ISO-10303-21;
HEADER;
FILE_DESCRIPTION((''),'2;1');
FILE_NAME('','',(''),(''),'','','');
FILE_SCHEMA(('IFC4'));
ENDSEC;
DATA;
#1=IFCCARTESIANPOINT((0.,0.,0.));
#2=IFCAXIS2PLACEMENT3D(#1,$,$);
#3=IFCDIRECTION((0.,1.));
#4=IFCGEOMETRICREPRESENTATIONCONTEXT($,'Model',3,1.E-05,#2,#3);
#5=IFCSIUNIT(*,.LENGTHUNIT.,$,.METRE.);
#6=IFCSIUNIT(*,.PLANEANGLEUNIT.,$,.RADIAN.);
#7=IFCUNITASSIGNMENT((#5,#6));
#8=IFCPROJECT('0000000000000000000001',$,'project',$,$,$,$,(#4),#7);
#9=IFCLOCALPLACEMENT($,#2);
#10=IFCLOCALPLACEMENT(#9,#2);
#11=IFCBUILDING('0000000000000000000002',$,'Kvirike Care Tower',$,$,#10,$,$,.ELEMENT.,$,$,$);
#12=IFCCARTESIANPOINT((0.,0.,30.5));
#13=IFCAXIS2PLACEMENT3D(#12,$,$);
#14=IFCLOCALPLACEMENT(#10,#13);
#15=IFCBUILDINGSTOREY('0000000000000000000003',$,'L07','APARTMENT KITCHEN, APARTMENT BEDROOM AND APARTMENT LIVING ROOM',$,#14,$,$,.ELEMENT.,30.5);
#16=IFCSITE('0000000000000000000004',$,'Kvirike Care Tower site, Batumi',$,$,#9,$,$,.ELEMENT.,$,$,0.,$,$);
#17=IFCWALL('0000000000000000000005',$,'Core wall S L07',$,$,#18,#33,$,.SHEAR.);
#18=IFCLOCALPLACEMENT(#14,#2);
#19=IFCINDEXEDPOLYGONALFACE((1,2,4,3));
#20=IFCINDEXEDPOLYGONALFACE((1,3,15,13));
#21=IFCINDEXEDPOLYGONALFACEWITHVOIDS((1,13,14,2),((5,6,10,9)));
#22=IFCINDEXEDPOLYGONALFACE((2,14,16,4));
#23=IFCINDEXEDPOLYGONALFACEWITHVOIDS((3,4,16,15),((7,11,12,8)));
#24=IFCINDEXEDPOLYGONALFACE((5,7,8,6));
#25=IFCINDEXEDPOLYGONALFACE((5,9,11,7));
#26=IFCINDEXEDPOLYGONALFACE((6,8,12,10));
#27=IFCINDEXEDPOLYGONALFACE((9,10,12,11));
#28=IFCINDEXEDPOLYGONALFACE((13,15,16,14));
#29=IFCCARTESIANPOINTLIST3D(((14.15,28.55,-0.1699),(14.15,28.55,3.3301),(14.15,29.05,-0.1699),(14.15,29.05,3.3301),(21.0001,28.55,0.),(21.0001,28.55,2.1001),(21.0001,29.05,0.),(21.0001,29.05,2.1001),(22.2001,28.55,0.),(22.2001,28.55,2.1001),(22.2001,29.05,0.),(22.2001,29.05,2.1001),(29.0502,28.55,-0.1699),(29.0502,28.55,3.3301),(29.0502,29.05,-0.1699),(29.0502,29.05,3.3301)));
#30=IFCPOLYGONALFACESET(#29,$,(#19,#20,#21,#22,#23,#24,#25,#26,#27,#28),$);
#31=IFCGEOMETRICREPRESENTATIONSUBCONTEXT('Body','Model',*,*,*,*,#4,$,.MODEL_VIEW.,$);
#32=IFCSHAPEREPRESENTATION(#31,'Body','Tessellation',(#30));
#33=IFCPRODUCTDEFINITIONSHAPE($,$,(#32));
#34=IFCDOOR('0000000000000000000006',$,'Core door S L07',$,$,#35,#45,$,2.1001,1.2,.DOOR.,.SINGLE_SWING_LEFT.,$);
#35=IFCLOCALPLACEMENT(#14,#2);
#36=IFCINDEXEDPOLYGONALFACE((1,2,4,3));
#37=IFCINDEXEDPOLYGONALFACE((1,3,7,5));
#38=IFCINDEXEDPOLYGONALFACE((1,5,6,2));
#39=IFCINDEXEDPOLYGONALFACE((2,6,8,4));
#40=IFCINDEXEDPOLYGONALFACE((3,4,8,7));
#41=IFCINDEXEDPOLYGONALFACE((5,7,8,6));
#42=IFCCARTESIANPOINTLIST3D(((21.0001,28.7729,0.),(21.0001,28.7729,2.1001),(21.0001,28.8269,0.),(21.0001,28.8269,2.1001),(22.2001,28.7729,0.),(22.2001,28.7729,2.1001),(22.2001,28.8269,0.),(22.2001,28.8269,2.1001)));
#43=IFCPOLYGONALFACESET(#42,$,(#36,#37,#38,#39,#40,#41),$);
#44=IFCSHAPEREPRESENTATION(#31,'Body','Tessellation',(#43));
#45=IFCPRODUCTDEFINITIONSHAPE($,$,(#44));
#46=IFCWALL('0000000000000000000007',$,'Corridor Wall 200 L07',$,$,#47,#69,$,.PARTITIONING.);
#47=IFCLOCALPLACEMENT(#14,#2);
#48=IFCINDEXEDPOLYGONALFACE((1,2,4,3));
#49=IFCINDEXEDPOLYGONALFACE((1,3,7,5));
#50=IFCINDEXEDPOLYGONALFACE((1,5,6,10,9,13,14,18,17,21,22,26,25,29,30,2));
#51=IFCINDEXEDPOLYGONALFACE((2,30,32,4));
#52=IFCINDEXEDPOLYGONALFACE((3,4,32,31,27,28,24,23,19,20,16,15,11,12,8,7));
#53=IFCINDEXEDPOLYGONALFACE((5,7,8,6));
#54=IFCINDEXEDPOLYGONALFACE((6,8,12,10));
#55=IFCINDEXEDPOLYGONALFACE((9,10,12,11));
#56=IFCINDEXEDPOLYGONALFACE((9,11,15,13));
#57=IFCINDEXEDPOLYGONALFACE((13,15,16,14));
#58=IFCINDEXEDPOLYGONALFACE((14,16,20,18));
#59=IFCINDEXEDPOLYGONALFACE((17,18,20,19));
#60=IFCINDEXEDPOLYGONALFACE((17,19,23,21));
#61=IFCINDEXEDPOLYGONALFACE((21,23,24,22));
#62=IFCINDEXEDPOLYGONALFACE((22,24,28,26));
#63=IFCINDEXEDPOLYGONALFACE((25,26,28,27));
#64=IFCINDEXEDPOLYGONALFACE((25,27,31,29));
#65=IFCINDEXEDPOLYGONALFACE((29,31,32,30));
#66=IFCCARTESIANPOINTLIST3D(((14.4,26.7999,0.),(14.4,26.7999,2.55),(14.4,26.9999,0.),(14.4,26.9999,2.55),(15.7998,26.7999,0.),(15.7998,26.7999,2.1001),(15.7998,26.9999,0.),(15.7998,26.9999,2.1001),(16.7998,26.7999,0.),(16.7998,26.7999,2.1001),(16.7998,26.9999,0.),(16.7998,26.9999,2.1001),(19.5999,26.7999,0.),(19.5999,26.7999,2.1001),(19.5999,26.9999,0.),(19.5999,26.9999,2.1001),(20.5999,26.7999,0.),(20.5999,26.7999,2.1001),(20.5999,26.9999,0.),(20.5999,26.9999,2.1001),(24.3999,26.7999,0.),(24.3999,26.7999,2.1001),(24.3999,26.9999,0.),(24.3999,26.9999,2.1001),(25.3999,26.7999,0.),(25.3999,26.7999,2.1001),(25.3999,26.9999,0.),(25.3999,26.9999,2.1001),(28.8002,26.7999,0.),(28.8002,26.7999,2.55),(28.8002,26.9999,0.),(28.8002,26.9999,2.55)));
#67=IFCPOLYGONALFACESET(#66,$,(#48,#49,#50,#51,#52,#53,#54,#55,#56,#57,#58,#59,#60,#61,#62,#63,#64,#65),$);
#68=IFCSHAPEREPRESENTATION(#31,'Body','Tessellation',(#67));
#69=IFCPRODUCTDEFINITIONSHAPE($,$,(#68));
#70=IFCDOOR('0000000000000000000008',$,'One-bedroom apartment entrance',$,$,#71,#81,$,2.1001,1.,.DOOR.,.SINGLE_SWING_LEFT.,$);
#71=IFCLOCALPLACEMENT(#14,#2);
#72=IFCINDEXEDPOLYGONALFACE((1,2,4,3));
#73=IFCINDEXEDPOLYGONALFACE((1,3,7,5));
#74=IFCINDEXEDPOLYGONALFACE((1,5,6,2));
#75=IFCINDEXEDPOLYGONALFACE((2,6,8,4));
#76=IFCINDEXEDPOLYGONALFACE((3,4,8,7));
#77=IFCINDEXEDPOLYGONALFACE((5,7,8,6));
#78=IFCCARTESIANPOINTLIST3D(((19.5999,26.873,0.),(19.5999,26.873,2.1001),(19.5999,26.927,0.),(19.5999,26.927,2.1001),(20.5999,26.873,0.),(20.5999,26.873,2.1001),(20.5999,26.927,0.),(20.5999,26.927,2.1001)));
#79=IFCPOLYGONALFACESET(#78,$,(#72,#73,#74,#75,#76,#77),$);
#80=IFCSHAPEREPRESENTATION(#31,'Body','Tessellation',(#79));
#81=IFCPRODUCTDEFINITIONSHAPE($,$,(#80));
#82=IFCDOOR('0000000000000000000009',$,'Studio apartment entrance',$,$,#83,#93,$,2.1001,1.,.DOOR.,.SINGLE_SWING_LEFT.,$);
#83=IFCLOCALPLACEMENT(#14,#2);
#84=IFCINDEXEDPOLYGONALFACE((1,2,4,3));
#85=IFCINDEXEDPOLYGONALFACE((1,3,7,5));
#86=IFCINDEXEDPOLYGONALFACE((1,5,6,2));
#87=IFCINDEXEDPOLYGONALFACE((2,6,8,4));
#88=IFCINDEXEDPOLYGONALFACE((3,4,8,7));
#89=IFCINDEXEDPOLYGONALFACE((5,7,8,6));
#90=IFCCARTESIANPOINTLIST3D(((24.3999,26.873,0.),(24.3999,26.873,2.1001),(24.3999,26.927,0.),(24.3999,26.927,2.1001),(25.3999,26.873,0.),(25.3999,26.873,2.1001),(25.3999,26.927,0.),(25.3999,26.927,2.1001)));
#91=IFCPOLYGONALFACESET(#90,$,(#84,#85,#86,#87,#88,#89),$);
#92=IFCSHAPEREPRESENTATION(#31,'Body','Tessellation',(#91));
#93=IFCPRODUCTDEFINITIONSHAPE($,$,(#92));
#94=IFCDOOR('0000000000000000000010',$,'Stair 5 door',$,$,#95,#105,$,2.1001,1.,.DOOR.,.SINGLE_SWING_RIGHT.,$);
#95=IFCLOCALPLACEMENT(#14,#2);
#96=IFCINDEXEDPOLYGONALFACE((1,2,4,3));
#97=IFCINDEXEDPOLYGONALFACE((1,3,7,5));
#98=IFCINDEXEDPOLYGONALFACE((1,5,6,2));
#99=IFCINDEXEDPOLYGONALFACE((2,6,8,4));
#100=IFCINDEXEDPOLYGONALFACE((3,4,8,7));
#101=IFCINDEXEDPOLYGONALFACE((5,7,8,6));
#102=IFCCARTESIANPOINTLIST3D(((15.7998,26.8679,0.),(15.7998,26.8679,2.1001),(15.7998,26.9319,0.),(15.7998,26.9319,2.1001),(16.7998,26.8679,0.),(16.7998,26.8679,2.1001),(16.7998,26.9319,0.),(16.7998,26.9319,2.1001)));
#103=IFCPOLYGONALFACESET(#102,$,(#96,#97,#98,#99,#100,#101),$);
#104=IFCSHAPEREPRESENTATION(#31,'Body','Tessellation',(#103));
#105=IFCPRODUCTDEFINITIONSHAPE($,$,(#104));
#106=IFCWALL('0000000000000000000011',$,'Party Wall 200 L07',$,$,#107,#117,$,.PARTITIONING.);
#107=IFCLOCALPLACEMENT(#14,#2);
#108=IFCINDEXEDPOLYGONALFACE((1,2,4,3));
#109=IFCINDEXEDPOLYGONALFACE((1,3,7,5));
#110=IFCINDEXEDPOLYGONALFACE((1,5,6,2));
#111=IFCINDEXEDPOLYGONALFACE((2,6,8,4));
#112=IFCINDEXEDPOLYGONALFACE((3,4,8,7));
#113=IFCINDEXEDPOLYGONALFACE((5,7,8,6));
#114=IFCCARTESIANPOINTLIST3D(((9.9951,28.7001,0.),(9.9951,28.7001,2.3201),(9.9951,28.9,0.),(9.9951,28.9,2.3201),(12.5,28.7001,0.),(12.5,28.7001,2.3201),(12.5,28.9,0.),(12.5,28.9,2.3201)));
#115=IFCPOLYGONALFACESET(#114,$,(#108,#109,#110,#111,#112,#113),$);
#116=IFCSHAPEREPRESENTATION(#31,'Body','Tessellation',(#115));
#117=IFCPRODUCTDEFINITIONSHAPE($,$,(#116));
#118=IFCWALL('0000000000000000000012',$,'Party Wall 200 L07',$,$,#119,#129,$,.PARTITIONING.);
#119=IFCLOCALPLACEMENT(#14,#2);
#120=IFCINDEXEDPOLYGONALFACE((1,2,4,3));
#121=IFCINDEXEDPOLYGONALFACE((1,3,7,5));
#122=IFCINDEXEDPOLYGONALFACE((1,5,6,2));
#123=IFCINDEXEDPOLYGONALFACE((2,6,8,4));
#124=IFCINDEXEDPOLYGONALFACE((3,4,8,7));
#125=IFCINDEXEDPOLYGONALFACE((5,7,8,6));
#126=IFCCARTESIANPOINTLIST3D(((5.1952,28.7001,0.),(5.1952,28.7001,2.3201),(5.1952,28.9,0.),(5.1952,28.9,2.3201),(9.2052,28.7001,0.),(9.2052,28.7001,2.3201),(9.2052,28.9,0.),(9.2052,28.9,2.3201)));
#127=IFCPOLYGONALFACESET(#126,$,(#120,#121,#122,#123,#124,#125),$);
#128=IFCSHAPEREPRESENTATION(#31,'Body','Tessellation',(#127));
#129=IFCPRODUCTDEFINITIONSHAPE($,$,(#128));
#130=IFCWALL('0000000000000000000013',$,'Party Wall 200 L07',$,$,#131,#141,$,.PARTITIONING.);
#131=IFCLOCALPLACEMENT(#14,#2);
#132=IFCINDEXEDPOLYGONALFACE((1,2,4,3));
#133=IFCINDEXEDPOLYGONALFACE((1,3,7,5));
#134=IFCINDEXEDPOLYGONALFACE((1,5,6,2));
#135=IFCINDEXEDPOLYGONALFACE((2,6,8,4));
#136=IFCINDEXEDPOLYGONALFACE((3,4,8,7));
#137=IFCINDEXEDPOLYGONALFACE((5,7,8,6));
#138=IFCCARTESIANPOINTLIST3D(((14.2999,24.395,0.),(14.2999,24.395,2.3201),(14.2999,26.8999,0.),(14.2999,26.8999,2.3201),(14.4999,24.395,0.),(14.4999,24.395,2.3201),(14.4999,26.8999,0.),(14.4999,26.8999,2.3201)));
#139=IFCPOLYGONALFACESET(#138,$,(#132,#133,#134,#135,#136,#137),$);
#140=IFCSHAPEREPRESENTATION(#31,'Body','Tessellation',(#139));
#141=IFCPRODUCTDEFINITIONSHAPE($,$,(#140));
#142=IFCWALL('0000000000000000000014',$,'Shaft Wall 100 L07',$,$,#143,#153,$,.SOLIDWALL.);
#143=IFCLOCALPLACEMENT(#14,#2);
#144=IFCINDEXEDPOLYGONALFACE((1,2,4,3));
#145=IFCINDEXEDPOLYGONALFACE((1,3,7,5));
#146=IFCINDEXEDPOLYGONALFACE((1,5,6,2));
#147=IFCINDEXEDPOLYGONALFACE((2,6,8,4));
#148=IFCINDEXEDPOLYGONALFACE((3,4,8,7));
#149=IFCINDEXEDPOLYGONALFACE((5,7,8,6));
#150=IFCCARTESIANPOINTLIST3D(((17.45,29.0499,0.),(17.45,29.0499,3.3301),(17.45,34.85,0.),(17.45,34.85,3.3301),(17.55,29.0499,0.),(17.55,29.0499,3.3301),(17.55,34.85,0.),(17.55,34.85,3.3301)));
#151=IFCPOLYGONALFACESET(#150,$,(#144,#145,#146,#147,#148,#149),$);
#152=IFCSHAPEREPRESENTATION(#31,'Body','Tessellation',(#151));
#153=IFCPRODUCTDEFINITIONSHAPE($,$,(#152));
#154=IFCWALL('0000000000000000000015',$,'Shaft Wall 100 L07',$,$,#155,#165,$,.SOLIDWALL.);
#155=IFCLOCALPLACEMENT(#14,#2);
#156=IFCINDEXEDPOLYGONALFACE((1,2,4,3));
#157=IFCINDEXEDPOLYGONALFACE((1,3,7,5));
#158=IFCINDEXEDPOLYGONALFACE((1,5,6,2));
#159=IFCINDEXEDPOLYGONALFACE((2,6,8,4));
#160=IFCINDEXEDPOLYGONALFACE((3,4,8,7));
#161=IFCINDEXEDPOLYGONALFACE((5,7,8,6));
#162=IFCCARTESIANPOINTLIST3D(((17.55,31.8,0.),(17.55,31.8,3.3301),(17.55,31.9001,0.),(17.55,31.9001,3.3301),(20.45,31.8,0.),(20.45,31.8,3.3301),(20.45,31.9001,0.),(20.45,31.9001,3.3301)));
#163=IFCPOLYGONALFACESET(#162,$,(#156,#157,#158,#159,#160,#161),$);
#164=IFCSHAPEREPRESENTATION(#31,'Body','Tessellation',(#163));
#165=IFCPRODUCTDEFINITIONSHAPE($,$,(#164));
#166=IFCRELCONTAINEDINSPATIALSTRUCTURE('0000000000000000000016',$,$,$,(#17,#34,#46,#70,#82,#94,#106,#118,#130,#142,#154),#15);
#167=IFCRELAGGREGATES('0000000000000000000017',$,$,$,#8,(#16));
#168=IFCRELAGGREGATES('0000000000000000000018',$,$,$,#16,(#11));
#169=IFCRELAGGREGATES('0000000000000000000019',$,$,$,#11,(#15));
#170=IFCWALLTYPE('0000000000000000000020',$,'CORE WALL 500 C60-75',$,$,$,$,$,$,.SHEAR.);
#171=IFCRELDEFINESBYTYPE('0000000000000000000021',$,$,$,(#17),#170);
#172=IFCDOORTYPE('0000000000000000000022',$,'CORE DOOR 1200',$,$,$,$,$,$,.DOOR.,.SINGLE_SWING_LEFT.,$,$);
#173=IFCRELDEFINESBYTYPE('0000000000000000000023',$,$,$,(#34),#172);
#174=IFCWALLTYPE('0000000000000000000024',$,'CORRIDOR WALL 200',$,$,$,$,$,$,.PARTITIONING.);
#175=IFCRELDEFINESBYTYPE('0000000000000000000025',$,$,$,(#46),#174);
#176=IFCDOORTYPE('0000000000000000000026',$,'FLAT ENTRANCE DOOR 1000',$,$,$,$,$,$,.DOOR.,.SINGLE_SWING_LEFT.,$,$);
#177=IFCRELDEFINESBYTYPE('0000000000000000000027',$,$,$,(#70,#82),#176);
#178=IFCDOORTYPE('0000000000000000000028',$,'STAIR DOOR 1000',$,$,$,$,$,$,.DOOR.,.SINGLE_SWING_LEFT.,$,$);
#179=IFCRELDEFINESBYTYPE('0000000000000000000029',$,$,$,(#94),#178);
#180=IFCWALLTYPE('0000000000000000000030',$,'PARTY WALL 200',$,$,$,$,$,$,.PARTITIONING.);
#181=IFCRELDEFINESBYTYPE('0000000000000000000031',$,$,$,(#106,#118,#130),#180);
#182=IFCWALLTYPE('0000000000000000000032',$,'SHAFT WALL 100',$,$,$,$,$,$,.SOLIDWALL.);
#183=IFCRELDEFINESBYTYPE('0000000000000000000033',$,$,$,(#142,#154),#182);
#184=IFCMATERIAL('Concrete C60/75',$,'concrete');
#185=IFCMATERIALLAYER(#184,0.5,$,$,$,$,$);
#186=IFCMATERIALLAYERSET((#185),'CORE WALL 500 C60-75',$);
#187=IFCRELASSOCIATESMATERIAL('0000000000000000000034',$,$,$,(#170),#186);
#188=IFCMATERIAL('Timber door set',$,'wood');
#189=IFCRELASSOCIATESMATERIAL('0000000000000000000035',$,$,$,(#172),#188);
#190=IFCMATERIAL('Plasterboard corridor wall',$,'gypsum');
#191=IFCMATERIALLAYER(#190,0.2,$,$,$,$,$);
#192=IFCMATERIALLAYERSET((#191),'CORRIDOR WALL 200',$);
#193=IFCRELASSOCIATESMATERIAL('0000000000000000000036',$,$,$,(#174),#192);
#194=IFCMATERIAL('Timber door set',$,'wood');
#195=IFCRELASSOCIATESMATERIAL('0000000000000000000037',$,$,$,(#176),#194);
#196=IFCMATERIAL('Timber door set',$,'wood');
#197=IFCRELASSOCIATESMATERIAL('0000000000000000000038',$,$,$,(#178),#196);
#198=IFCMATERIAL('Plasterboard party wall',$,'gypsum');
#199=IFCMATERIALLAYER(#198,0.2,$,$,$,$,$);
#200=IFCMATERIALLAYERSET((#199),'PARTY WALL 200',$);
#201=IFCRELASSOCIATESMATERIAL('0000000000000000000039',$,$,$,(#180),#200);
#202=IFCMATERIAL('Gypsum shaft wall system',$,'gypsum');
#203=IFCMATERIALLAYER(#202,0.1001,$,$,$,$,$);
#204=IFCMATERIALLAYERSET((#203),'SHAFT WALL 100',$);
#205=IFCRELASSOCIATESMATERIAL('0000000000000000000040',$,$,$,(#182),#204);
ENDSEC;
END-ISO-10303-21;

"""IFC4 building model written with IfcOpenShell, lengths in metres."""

from ifc_helpers import new_model, si_unit, direction, frame, frame_2d, origin, place, context, subcontext, project, spatial, rectangle, extrude, material, layer, layer_set, type_object, element, fill, save


model = new_model("IFC4")

# Units and contexts
model_context = context("Model", 3, precision=1e-05, world=origin(), true_north=direction((0.0, 1.0)))
body_context = subcontext(model_context, "Body", "Model", "MODEL_VIEW")
ifc_project = project(units=[si_unit("LENGTHUNIT", "METRE"), si_unit("PLANEANGLEUNIT", "RADIAN")], contexts=[model_context])

# Site, building, storey
site_placement = place(None, origin())
site = spatial("IfcSite", under=ifc_project, at=site_placement, Name="Kvirike Care Tower site, Batumi", CompositionType="ELEMENT", RefElevation=0.0)
building_placement = place(site_placement, origin())
building = spatial("IfcBuilding", under=site, at=building_placement, Name="Kvirike Care Tower", CompositionType="ELEMENT")
storey_placement = place(building_placement, frame((0.0, 0.0, 30.5)))
storey = spatial("IfcBuildingStorey", under=building, at=storey_placement, Name="L07", Description="APARTMENT KITCHEN, APARTMENT BEDROOM AND APARTMENT LIVING ROOM", CompositionType="ELEMENT", Elevation=30.5)

# Wall, opening, door
ifc_material_1 = material(Name="Concrete C60/75", Category="concrete")
ifc_layer_1 = layer(ifc_material_1, 0.5)
ifc_layer_set_1 = layer_set([ifc_layer_1], Name="CORE WALL 500 C60-75")
wall_type_1 = type_object("IfcWallType", Name="CORE WALL 500 C60-75", PredefinedType="SHEAR", material=ifc_layer_set_1)
wall_1_placement = place(storey_placement, frame((14.1499, 28.8, -0.1699), z_axis=(0.0, 0.0, 1.0), x_axis=(1.0, 0.0, 0.0)))
wall_1 = element("IfcWall", 1, at=wall_1_placement, inside=storey, type_object=wall_type_1, Name="Core wall S L07", PredefinedType="SHEAR", context=body_context, shape_type="SweptSolid", body=[
    extrude(rectangle(XDim=14.9001, YDim=0.5, at=frame_2d((7.4502, 0.0))), origin(), (0.0, 0.0, 1.0), 3.5),
])
opening_1_placement = place(wall_1_placement, frame((6.8501, 0.0, 0.1699)))
opening_1 = element("IfcOpeningElement", 2, at=opening_1_placement, cuts=wall_1, PredefinedType="OPENING", context=body_context, shape_type="SweptSolid", body=[
    extrude(rectangle(XDim=1.2, YDim=2.1001, at=frame_2d((0.6001, 1.05))), frame((0.0, 0.2605, 0.0), z_axis=(0.0, -1.0, 0.0), x_axis=(1.0, 0.0, 0.0)), (0.0, 0.0, 1.0), 0.521),
])
ifc_material_2 = material(Name="Timber door set", Category="wood")
door_type_1 = type_object("IfcDoorType", Name="CORE DOOR 1200", OperationType="SINGLE_SWING_LEFT", PredefinedType="DOOR", material=ifc_material_2)
door_1_placement = place(opening_1_placement, origin())
door_1 = element("IfcDoor", 3, at=door_1_placement, inside=storey, type_object=door_type_1, Name="Core door S L07", OperationType="SINGLE_SWING_LEFT", OverallHeight=2.1001, OverallWidth=1.2, PredefinedType="DOOR", context=body_context, shape_type="SweptSolid", body=[
    extrude(rectangle(XDim=1.2, YDim=2.1001, at=frame_2d((0.6001, 1.05))), frame((0.0, 0.0269, 0.0), z_axis=(0.0, -1.0, 0.0), x_axis=(1.0, 0.0, 0.0)), (0.0, 0.0, 1.0), 0.054),
])
fill(opening_1, door_1)

# Wall, openings, doors
ifc_material_3 = material(Name="Plasterboard corridor wall", Category="gypsum")
ifc_layer_2 = layer(ifc_material_3, 0.2)
ifc_layer_set_2 = layer_set([ifc_layer_2], Name="CORRIDOR WALL 200")
wall_type_2 = type_object("IfcWallType", Name="CORRIDOR WALL 200", PredefinedType="PARTITIONING", material=ifc_layer_set_2)
wall_2_placement = place(storey_placement, frame((14.3999, 26.8999, 0.0), z_axis=(0.0, 0.0, 1.0), x_axis=(1.0, 0.0, 0.0)))
wall_2 = element("IfcWall", 4, at=wall_2_placement, inside=storey, type_object=wall_type_2, Name="Corridor Wall 200 L07", PredefinedType="PARTITIONING", context=body_context, shape_type="SweptSolid", body=[
    extrude(rectangle(XDim=14.4001, YDim=0.2, at=frame_2d((7.2002, 0.0))), origin(), (0.0, 0.0, 1.0), 2.55),
])
opening_2_placement = place(wall_2_placement, frame((1.3999, 0.0, 0.0)))
opening_2 = element("IfcOpeningElement", 5, at=opening_2_placement, cuts=wall_2, PredefinedType="OPENING", context=body_context, shape_type="SweptSolid", body=[
    extrude(rectangle(XDim=1.0, YDim=2.1001, at=frame_2d((0.5, 1.05))), frame((0.0, 0.1106, 0.0), z_axis=(0.0, -1.0, 0.0), x_axis=(1.0, 0.0, 0.0)), (0.0, 0.0, 1.0), 0.2209),
])
opening_3_placement = place(wall_2_placement, frame((5.2, 0.0, 0.0)))
opening_3 = element("IfcOpeningElement", 6, at=opening_3_placement, cuts=wall_2, PredefinedType="OPENING", context=body_context, shape_type="SweptSolid", body=[
    extrude(rectangle(XDim=1.0, YDim=2.1001, at=frame_2d((0.5, 1.05))), frame((0.0, 0.1106, 0.0), z_axis=(0.0, -1.0, 0.0), x_axis=(1.0, 0.0, 0.0)), (0.0, 0.0, 1.0), 0.2209),
])
opening_4_placement = place(wall_2_placement, frame((10.0, 0.0, 0.0)))
opening_4 = element("IfcOpeningElement", 7, at=opening_4_placement, cuts=wall_2, PredefinedType="OPENING", context=body_context, shape_type="SweptSolid", body=[
    extrude(rectangle(XDim=1.0, YDim=2.1001, at=frame_2d((0.5, 1.05))), frame((0.0, 0.1106, 0.0), z_axis=(0.0, -1.0, 0.0), x_axis=(1.0, 0.0, 0.0)), (0.0, 0.0, 1.0), 0.2209),
])
ifc_material_4 = material(Name="Timber door set", Category="wood")
door_type_2 = type_object("IfcDoorType", Name="FLAT ENTRANCE DOOR 1000", OperationType="SINGLE_SWING_LEFT", PredefinedType="DOOR", material=ifc_material_4)
door_2_placement = place(opening_3_placement, frame((1.0, 0.0, 0.0), z_axis=(0.0, 0.0, 1.0), x_axis=(-1.0, 0.0, 0.0)))
door_2 = element("IfcDoor", 8, at=door_2_placement, inside=storey, type_object=door_type_2, Name="One-bedroom apartment entrance", OperationType="SINGLE_SWING_LEFT", OverallHeight=2.1001, OverallWidth=1.0, PredefinedType="DOOR", context=body_context, shape_type="SweptSolid", body=[
    extrude(rectangle(XDim=1.0, YDim=2.1001, at=frame_2d((0.5, 1.05))), frame((0.0, 0.0269, 0.0), z_axis=(0.0, -1.0, 0.0), x_axis=(1.0, 0.0, 0.0)), (0.0, 0.0, 1.0), 0.054),
])
fill(opening_3, door_2)
door_3_placement = place(opening_4_placement, frame((1.0, 0.0, 0.0), z_axis=(0.0, 0.0, 1.0), x_axis=(-1.0, 0.0, 0.0)))
door_3 = element("IfcDoor", 9, at=door_3_placement, inside=storey, type_object=door_type_2, Name="Studio apartment entrance", OperationType="SINGLE_SWING_LEFT", OverallHeight=2.1001, OverallWidth=1.0, PredefinedType="DOOR", context=body_context, shape_type="SweptSolid", body=[
    extrude(rectangle(XDim=1.0, YDim=2.1001, at=frame_2d((0.5, 1.05))), frame((0.0, 0.0269, 0.0), z_axis=(0.0, -1.0, 0.0), x_axis=(1.0, 0.0, 0.0)), (0.0, 0.0, 1.0), 0.054),
])
fill(opening_4, door_3)
ifc_material_5 = material(Name="Timber door set", Category="wood")
door_type_3 = type_object("IfcDoorType", Name="STAIR DOOR 1000", OperationType="SINGLE_SWING_LEFT", PredefinedType="DOOR", material=ifc_material_5)
door_4_placement = place(opening_2_placement, frame((1.0, 0.0, 0.0), z_axis=(0.0, 0.0, 1.0), x_axis=(-1.0, 0.0, 0.0)))
door_4 = element("IfcDoor", 10, at=door_4_placement, inside=storey, type_object=door_type_3, Name="Stair 5 door", OperationType="SINGLE_SWING_RIGHT", OverallHeight=2.1001, OverallWidth=1.0, PredefinedType="DOOR", context=body_context, shape_type="SweptSolid", body=[
    extrude(rectangle(XDim=1.0, YDim=2.1001, at=frame_2d((0.5, 1.05))), frame((0.0, 0.032, 0.0), z_axis=(0.0, -1.0, 0.0), x_axis=(1.0, 0.0, 0.0)), (0.0, 0.0, 1.0), 0.064),
])
fill(opening_2, door_4)

# Walls
ifc_material_6 = material(Name="Plasterboard party wall", Category="gypsum")
ifc_layer_3 = layer(ifc_material_6, 0.2)
ifc_layer_set_3 = layer_set([ifc_layer_3], Name="PARTY WALL 200")
wall_type_3 = type_object("IfcWallType", Name="PARTY WALL 200", PredefinedType="PARTITIONING", material=ifc_layer_set_3)
wall_3_placement = place(storey_placement, frame((12.5, 28.8, 0.0), z_axis=(0.0, 0.0, 1.0), x_axis=(-1.0, 0.0, 0.0)))
element("IfcWall", 11, at=wall_3_placement, inside=storey, type_object=wall_type_3, Name="Party Wall 200 L07", PredefinedType="PARTITIONING", context=body_context, shape_type="SweptSolid", body=[
    extrude(rectangle(XDim=2.5049, YDim=0.2, at=frame_2d((1.2524, 0.0))), origin(), (0.0, 0.0, 1.0), 2.3201),
])
wall_4_placement = place(storey_placement, frame((9.2051, 28.8, 0.0), z_axis=(0.0, 0.0, 1.0), x_axis=(-1.0, 0.0, 0.0)))
element("IfcWall", 12, at=wall_4_placement, inside=storey, type_object=wall_type_3, Name="Party Wall 200 L07", PredefinedType="PARTITIONING", context=body_context, shape_type="SweptSolid", body=[
    extrude(rectangle(XDim=4.01, YDim=0.2, at=frame_2d((2.0049, 0.0))), origin(), (0.0, 0.0, 1.0), 2.3201),
])
wall_5_placement = place(storey_placement, frame((14.3999, 24.395, 0.0), z_axis=(0.0, 0.0, 1.0), x_axis=(0.0, 1.0, 0.0)))
element("IfcWall", 13, at=wall_5_placement, inside=storey, type_object=wall_type_3, Name="Party Wall 200 L07", PredefinedType="PARTITIONING", context=body_context, shape_type="SweptSolid", body=[
    extrude(rectangle(XDim=2.5049, YDim=0.2, at=frame_2d((1.2524, 0.0))), origin(), (0.0, 0.0, 1.0), 2.3201),
])
ifc_material_7 = material(Name="Gypsum shaft wall system", Category="gypsum")
ifc_layer_4 = layer(ifc_material_7, 0.1001)
ifc_layer_set_4 = layer_set([ifc_layer_4], Name="SHAFT WALL 100")
wall_type_4 = type_object("IfcWallType", Name="SHAFT WALL 100", PredefinedType="SOLIDWALL", material=ifc_layer_set_4)
wall_6_placement = place(storey_placement, frame((17.5, 29.05, 0.0), z_axis=(0.0, 0.0, 1.0), x_axis=(0.0, 1.0, 0.0)))
element("IfcWall", 14, at=wall_6_placement, inside=storey, type_object=wall_type_4, Name="Shaft Wall 100 L07", PredefinedType="SOLIDWALL", context=body_context, shape_type="SweptSolid", body=[
    extrude(rectangle(XDim=5.8, YDim=0.1001, at=frame_2d((2.8999, 0.0))), origin(), (0.0, 0.0, 1.0), 3.3301),
])
wall_7_placement = place(storey_placement, frame((17.55, 31.8501, 0.0), z_axis=(0.0, 0.0, 1.0), x_axis=(1.0, 0.0, 0.0)))
element("IfcWall", 15, at=wall_7_placement, inside=storey, type_object=wall_type_4, Name="Shaft Wall 100 L07", PredefinedType="SOLIDWALL", context=body_context, shape_type="SweptSolid", body=[
    extrude(rectangle(XDim=2.8999, YDim=0.1001, at=frame_2d((1.45, 0.0))), origin(), (0.0, 0.0, 1.0), 3.3301),
])

save(model, "model.ifc")
